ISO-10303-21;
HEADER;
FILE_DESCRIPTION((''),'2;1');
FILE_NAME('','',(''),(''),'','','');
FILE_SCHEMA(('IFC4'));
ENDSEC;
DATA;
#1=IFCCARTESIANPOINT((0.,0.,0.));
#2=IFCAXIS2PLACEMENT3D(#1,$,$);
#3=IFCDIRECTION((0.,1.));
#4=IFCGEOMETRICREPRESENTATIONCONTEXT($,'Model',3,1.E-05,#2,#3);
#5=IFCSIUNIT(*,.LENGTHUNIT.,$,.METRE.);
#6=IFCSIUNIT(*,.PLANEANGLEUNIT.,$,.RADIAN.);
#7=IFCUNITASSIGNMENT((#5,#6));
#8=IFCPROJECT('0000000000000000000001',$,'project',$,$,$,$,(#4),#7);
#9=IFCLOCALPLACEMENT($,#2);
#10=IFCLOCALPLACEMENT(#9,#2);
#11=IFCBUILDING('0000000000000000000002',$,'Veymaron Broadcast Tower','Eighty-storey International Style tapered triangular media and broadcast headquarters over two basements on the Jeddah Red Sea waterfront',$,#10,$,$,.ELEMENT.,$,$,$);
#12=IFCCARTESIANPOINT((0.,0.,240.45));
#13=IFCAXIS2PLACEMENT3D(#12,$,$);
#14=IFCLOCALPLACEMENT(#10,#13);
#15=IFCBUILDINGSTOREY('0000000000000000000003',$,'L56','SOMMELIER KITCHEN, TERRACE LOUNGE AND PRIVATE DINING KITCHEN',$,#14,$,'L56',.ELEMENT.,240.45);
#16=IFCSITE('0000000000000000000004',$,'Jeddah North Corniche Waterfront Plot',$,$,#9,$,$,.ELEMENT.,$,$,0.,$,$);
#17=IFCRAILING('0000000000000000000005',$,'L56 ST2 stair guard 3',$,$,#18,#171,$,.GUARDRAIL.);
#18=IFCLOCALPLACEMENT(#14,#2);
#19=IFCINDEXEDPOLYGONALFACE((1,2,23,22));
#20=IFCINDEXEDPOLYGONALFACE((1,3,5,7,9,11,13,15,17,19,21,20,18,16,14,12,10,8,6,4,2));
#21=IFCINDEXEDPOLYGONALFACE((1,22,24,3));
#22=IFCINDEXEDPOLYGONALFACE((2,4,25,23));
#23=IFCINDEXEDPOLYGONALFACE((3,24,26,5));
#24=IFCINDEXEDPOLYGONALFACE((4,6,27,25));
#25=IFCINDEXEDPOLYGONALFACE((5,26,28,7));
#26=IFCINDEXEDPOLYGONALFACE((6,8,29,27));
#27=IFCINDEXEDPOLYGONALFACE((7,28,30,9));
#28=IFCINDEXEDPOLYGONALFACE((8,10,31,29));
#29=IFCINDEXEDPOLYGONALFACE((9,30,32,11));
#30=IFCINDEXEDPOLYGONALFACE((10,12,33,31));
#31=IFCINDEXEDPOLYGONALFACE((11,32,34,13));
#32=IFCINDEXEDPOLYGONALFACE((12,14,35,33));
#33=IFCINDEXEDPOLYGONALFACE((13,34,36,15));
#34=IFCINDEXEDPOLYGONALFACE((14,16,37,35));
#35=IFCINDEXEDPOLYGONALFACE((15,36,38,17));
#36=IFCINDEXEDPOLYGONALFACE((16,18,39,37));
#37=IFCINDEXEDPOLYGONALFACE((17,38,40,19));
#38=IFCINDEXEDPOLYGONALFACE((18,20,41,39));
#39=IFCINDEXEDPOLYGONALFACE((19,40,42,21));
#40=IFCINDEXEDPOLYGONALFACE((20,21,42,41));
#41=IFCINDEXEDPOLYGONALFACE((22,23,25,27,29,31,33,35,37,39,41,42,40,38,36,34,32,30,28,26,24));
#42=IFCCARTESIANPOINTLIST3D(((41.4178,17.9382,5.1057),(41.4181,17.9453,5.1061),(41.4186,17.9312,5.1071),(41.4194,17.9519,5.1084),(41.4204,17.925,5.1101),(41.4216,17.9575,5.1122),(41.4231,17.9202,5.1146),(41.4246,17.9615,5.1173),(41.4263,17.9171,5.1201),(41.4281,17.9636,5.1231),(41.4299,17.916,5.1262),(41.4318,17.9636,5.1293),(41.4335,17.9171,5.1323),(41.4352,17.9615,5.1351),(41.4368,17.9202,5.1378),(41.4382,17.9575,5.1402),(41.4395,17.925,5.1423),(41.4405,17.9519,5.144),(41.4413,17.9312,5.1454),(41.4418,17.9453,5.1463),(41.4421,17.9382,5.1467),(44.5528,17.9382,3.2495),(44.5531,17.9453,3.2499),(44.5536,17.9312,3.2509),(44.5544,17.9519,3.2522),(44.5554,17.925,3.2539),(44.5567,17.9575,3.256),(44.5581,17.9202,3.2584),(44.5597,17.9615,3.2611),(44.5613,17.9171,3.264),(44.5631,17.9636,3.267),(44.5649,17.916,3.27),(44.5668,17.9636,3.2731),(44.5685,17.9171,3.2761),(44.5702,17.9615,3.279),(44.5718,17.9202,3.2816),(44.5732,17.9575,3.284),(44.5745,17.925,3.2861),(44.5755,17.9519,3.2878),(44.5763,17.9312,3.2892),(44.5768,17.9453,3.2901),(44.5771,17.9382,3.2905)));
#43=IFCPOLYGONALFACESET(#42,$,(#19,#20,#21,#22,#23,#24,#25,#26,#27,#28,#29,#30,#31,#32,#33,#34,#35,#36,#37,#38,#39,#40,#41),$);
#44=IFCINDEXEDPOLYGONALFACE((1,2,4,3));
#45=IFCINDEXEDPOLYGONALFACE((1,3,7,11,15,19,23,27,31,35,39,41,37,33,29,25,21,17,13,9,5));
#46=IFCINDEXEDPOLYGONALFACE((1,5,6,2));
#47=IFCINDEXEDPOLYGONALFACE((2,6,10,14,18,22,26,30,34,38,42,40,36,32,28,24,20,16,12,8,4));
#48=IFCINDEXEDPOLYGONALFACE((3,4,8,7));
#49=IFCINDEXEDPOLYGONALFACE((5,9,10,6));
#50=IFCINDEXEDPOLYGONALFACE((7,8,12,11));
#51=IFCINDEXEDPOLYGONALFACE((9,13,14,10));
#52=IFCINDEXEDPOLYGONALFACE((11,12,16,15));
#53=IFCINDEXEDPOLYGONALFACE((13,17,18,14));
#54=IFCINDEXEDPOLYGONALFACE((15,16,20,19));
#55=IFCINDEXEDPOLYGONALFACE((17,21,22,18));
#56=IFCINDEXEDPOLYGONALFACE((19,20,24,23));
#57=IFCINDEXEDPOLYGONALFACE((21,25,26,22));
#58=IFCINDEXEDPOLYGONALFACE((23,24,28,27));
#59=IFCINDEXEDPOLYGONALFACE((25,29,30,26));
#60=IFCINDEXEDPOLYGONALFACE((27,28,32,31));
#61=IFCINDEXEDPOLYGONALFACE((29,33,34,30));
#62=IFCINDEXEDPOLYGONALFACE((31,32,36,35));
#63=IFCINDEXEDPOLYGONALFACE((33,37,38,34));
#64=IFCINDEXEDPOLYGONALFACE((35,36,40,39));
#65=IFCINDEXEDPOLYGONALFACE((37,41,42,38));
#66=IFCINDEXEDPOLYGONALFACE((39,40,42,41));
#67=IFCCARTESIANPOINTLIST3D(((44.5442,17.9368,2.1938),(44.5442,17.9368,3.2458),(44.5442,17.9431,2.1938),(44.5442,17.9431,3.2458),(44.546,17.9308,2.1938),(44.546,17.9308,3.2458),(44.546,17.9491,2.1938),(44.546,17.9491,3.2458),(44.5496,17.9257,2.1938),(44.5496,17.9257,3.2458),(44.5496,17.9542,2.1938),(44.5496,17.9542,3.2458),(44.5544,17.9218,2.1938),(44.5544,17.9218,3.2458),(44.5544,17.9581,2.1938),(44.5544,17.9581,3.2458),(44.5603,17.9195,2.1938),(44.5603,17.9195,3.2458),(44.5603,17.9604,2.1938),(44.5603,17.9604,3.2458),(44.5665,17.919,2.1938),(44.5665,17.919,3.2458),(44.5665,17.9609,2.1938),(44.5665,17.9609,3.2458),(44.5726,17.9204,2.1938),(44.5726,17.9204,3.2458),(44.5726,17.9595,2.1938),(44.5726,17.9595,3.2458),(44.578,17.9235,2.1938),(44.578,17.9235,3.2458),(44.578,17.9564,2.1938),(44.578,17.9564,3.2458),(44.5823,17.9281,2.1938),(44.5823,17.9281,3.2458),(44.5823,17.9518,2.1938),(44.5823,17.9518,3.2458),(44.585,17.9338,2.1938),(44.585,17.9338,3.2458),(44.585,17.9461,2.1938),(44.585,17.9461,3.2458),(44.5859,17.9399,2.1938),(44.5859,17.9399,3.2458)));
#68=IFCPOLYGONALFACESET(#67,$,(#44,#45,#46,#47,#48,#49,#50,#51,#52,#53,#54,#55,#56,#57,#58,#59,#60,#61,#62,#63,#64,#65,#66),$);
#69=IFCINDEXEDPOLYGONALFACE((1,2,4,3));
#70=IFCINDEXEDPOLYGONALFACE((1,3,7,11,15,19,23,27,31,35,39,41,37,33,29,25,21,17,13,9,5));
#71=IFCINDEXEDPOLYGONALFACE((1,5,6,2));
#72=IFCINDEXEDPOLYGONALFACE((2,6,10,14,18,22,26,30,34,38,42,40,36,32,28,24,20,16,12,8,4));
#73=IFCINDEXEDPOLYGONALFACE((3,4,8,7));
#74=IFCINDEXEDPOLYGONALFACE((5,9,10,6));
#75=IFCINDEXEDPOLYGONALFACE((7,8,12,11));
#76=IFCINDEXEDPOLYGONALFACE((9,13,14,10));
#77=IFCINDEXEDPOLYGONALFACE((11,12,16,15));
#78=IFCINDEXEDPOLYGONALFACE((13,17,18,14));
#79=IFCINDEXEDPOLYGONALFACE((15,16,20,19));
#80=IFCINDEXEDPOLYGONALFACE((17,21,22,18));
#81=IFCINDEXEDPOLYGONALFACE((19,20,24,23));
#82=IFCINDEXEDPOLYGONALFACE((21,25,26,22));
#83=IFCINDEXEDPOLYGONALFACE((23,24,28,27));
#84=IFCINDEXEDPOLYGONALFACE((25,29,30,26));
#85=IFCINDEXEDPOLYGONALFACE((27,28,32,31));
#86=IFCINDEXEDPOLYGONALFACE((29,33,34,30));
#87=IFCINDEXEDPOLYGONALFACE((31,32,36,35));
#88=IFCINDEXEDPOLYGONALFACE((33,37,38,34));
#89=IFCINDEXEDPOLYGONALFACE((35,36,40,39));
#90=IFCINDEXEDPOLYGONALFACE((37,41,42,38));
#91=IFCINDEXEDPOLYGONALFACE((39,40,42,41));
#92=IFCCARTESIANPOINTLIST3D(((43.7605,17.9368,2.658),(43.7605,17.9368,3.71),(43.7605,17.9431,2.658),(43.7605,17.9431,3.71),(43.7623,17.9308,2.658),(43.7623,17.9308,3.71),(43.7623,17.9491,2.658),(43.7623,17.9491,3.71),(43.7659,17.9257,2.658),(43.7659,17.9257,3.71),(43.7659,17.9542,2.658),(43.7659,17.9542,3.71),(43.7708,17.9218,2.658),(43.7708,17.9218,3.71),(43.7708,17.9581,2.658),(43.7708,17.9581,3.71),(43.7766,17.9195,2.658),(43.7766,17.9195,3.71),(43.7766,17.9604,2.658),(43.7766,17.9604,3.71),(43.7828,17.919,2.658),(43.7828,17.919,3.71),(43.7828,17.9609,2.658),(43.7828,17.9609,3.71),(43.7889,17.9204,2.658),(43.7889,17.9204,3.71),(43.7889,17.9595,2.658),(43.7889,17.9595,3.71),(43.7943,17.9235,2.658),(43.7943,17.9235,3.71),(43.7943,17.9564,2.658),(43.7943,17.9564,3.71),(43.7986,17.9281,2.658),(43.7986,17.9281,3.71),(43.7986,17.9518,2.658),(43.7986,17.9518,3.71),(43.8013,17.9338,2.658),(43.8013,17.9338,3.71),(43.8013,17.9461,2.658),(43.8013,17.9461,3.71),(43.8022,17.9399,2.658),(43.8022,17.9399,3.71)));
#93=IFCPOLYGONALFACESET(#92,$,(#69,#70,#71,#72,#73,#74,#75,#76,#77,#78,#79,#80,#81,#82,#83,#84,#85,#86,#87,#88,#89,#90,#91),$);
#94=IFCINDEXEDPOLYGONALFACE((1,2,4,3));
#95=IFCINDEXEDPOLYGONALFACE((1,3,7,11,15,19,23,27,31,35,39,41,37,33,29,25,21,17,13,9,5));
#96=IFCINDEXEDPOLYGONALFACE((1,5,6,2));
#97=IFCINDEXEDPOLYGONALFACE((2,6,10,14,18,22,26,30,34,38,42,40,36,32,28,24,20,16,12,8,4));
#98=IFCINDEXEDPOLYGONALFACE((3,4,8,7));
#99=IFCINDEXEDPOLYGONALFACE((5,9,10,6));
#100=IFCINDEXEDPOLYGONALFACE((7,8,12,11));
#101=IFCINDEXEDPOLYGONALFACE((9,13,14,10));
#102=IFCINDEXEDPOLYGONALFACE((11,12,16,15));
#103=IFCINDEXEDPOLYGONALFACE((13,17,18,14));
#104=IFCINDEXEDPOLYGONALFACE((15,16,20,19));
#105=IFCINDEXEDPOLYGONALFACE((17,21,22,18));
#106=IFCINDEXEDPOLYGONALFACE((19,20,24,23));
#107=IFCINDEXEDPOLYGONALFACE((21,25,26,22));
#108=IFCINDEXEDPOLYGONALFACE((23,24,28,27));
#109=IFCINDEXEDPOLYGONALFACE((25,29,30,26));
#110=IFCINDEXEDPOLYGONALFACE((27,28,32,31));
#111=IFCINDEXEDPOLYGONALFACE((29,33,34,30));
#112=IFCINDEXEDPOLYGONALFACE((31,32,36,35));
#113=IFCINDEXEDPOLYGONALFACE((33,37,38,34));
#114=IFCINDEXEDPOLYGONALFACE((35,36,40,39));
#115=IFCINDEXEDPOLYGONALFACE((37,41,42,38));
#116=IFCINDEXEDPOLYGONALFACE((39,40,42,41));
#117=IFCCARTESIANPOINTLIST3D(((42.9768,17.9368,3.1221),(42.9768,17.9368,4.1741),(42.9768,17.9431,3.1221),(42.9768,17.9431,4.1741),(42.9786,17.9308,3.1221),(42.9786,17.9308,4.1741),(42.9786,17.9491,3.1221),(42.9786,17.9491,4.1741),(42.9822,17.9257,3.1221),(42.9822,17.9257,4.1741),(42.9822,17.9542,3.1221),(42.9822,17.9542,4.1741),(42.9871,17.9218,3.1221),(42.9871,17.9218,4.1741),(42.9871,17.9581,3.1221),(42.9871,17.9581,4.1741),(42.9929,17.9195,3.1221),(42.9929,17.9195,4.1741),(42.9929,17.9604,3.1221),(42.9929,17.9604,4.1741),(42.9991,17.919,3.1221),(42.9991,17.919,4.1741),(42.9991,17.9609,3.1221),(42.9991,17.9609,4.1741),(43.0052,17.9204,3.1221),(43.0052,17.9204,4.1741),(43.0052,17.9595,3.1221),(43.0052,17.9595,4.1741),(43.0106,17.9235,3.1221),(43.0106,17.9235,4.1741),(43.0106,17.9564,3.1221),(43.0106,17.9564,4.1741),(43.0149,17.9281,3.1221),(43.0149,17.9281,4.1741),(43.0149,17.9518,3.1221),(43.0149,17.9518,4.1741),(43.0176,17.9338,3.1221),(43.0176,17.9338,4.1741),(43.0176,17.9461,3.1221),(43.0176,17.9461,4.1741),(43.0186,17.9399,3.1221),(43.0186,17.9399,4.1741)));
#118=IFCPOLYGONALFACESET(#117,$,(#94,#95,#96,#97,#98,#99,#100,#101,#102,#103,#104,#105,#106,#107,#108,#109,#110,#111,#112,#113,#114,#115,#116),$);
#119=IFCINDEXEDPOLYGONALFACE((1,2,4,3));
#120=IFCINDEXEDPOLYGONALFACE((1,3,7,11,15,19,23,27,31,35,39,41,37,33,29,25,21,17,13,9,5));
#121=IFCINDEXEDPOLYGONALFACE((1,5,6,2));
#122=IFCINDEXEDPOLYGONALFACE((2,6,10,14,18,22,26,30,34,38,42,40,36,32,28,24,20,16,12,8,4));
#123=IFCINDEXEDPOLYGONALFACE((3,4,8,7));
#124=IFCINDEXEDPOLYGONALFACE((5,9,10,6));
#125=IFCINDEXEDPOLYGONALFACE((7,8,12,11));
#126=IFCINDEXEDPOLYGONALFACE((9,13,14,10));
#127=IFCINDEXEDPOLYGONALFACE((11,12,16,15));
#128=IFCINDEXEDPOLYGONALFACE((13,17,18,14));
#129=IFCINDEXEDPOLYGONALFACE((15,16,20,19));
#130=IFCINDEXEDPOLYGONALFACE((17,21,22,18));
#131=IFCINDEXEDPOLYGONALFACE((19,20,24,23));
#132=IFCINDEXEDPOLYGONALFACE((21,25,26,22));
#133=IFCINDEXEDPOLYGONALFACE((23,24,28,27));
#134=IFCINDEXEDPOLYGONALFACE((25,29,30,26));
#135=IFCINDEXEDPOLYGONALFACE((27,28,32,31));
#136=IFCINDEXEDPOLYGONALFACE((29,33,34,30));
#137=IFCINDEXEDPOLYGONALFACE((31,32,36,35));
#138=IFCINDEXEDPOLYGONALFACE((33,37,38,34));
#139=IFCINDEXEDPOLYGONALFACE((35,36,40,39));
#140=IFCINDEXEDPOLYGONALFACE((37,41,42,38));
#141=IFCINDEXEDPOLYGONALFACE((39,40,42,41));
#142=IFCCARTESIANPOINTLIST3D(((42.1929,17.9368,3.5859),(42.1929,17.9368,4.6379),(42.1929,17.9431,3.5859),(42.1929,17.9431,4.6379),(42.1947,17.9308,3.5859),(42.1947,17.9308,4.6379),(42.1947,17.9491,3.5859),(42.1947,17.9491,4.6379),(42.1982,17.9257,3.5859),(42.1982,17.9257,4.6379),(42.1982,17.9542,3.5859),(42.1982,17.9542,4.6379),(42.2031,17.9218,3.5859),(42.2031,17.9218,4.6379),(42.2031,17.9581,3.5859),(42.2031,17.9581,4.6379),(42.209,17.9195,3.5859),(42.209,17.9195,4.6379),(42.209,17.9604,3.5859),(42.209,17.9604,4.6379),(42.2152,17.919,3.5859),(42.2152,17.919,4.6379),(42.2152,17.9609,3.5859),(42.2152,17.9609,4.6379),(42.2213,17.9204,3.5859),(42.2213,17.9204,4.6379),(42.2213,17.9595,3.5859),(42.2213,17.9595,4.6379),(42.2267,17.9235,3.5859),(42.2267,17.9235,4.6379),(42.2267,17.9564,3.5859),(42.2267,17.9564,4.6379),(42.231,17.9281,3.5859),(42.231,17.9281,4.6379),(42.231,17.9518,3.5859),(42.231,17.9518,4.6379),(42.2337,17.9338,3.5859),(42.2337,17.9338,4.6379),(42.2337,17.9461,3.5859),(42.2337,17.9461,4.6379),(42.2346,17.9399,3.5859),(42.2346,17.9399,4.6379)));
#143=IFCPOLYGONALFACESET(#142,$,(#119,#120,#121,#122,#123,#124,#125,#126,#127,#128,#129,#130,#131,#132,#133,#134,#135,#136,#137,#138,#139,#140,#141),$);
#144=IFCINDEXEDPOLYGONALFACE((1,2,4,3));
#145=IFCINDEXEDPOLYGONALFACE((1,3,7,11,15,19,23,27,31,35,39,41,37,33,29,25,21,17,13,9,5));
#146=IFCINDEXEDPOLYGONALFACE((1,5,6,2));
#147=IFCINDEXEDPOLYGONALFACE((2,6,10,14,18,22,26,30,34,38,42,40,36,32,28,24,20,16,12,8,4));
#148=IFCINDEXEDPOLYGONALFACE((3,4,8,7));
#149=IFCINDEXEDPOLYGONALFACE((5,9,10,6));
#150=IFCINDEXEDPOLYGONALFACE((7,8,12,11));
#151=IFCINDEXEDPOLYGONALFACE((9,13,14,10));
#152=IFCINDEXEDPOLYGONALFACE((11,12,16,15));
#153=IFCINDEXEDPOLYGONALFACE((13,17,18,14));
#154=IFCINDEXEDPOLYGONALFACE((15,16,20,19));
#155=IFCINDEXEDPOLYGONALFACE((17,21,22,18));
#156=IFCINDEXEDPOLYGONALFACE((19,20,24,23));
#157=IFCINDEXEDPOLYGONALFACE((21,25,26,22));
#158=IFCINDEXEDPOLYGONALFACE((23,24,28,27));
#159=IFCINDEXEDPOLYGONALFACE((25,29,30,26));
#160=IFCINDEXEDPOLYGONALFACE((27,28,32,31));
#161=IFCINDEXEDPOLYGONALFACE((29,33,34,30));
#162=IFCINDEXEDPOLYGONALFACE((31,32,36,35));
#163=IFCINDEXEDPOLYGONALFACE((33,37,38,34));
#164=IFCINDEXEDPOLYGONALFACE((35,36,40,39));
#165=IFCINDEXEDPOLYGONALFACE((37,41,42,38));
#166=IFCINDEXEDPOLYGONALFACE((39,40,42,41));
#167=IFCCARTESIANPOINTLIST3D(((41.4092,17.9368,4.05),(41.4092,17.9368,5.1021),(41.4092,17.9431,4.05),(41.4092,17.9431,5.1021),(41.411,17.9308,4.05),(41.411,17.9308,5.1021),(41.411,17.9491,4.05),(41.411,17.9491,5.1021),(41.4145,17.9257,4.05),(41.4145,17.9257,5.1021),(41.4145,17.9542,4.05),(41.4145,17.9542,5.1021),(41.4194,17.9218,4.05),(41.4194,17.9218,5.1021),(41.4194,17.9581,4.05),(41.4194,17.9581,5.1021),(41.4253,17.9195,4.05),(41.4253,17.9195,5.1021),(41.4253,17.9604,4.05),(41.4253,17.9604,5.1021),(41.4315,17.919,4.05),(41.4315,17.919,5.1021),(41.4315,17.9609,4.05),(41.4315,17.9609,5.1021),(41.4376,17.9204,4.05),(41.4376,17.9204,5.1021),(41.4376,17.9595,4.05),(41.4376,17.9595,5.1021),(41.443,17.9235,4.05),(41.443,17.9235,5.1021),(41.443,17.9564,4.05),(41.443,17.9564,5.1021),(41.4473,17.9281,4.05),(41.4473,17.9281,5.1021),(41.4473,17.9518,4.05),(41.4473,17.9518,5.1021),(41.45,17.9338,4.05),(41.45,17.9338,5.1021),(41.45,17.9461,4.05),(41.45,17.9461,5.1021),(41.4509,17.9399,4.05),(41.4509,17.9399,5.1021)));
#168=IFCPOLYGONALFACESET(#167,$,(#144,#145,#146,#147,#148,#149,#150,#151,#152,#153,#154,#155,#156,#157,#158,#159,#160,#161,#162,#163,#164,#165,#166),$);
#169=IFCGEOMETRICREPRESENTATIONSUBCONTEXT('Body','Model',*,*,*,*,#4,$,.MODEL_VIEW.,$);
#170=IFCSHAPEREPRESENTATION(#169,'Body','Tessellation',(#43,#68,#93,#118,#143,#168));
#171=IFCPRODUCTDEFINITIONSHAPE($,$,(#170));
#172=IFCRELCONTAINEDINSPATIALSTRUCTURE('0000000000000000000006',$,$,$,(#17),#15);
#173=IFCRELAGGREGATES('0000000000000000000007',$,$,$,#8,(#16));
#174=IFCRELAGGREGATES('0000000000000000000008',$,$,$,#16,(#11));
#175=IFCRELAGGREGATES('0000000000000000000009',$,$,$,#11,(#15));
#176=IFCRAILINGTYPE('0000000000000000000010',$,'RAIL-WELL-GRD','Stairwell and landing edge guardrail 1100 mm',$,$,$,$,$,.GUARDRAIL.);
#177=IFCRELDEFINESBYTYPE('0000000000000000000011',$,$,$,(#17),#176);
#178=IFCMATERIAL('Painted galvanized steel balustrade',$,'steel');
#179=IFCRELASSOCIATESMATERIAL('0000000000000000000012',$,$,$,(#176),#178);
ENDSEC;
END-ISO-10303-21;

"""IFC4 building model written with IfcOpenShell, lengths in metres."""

from ifc_helpers import new_model, si_unit, direction, frame, origin, origin_2d, place, context, subcontext, project, spatial, circle, extrude, material, type_object, element, save


model = new_model("IFC4")

# Units and contexts
model_context = context("Model", 3, precision=1e-05, world=origin(), true_north=direction((0.0, 1.0)))
body_context = subcontext(model_context, "Body", "Model", "MODEL_VIEW")
ifc_project = project(units=[si_unit("LENGTHUNIT", "METRE"), si_unit("PLANEANGLEUNIT", "RADIAN")], contexts=[model_context])

# Site, building, storey
site_placement = place(None, origin())
site = spatial("IfcSite", under=ifc_project, at=site_placement, Name="Jeddah North Corniche Waterfront Plot", CompositionType="ELEMENT", RefElevation=0.0)
building_placement = place(site_placement, origin())
building = spatial("IfcBuilding", under=site, at=building_placement, Name="Veymaron Broadcast Tower", Description="Eighty-storey International Style tapered triangular media and broadcast headquarters over two basements on the Jeddah Red Sea waterfront", CompositionType="ELEMENT")
storey_placement = place(building_placement, frame((0.0, 0.0, 240.45)))
storey = spatial("IfcBuildingStorey", under=building, at=storey_placement, Name="L56", Description="SOMMELIER KITCHEN, TERRACE LOUNGE AND PRIVATE DINING KITCHEN", LongName="L56", CompositionType="ELEMENT", Elevation=240.45)

# Railing
ifc_material_1 = material(Name="Painted galvanized steel balustrade", Category="steel")
railing_type_1 = type_object("IfcRailingType", Name="RAIL-WELL-GRD", Description="Stairwell and landing edge guardrail 1100 mm", PredefinedType="GUARDRAIL", material=ifc_material_1)
railing_1_placement = place(storey_placement, frame((44.5649, 17.9399, 2.1938)))
element("IfcRailing", 1, at=railing_1_placement, inside=storey, type_object=railing_type_1, Name="L56 ST2 stair guard 3", PredefinedType="GUARDRAIL", context=body_context, shape_type="SweptSolid", body=[
    extrude(circle(Radius=0.0239, at=origin_2d()), frame((0.0, 0.0, 1.0762), z_axis=(-0.860482, 0.0, 0.509481), x_axis=(0.0, -1.0, 0.0)), (0.0, 0.0, 1.0), 3.6433),
    extrude(circle(Radius=0.021, at=origin_2d()), origin(), (0.0, 0.0, 1.0), 1.052),
    extrude(circle(Radius=0.021, at=origin_2d()), frame((-0.7837, 0.0, 0.4641)), (0.0, 0.0, 1.0), 1.052),
    extrude(circle(Radius=0.021, at=origin_2d()), frame((-1.5674, 0.0, 0.9282)), (0.0, 0.0, 1.0), 1.052),
    extrude(circle(Radius=0.021, at=origin_2d()), frame((-2.3513, 0.0, 1.3921)), (0.0, 0.0, 1.0), 1.052),
    extrude(circle(Radius=0.021, at=origin_2d()), frame((-3.135, 0.0, 1.8562)), (0.0, 0.0, 1.0), 1.052),
])

save(model, "model.ifc")
